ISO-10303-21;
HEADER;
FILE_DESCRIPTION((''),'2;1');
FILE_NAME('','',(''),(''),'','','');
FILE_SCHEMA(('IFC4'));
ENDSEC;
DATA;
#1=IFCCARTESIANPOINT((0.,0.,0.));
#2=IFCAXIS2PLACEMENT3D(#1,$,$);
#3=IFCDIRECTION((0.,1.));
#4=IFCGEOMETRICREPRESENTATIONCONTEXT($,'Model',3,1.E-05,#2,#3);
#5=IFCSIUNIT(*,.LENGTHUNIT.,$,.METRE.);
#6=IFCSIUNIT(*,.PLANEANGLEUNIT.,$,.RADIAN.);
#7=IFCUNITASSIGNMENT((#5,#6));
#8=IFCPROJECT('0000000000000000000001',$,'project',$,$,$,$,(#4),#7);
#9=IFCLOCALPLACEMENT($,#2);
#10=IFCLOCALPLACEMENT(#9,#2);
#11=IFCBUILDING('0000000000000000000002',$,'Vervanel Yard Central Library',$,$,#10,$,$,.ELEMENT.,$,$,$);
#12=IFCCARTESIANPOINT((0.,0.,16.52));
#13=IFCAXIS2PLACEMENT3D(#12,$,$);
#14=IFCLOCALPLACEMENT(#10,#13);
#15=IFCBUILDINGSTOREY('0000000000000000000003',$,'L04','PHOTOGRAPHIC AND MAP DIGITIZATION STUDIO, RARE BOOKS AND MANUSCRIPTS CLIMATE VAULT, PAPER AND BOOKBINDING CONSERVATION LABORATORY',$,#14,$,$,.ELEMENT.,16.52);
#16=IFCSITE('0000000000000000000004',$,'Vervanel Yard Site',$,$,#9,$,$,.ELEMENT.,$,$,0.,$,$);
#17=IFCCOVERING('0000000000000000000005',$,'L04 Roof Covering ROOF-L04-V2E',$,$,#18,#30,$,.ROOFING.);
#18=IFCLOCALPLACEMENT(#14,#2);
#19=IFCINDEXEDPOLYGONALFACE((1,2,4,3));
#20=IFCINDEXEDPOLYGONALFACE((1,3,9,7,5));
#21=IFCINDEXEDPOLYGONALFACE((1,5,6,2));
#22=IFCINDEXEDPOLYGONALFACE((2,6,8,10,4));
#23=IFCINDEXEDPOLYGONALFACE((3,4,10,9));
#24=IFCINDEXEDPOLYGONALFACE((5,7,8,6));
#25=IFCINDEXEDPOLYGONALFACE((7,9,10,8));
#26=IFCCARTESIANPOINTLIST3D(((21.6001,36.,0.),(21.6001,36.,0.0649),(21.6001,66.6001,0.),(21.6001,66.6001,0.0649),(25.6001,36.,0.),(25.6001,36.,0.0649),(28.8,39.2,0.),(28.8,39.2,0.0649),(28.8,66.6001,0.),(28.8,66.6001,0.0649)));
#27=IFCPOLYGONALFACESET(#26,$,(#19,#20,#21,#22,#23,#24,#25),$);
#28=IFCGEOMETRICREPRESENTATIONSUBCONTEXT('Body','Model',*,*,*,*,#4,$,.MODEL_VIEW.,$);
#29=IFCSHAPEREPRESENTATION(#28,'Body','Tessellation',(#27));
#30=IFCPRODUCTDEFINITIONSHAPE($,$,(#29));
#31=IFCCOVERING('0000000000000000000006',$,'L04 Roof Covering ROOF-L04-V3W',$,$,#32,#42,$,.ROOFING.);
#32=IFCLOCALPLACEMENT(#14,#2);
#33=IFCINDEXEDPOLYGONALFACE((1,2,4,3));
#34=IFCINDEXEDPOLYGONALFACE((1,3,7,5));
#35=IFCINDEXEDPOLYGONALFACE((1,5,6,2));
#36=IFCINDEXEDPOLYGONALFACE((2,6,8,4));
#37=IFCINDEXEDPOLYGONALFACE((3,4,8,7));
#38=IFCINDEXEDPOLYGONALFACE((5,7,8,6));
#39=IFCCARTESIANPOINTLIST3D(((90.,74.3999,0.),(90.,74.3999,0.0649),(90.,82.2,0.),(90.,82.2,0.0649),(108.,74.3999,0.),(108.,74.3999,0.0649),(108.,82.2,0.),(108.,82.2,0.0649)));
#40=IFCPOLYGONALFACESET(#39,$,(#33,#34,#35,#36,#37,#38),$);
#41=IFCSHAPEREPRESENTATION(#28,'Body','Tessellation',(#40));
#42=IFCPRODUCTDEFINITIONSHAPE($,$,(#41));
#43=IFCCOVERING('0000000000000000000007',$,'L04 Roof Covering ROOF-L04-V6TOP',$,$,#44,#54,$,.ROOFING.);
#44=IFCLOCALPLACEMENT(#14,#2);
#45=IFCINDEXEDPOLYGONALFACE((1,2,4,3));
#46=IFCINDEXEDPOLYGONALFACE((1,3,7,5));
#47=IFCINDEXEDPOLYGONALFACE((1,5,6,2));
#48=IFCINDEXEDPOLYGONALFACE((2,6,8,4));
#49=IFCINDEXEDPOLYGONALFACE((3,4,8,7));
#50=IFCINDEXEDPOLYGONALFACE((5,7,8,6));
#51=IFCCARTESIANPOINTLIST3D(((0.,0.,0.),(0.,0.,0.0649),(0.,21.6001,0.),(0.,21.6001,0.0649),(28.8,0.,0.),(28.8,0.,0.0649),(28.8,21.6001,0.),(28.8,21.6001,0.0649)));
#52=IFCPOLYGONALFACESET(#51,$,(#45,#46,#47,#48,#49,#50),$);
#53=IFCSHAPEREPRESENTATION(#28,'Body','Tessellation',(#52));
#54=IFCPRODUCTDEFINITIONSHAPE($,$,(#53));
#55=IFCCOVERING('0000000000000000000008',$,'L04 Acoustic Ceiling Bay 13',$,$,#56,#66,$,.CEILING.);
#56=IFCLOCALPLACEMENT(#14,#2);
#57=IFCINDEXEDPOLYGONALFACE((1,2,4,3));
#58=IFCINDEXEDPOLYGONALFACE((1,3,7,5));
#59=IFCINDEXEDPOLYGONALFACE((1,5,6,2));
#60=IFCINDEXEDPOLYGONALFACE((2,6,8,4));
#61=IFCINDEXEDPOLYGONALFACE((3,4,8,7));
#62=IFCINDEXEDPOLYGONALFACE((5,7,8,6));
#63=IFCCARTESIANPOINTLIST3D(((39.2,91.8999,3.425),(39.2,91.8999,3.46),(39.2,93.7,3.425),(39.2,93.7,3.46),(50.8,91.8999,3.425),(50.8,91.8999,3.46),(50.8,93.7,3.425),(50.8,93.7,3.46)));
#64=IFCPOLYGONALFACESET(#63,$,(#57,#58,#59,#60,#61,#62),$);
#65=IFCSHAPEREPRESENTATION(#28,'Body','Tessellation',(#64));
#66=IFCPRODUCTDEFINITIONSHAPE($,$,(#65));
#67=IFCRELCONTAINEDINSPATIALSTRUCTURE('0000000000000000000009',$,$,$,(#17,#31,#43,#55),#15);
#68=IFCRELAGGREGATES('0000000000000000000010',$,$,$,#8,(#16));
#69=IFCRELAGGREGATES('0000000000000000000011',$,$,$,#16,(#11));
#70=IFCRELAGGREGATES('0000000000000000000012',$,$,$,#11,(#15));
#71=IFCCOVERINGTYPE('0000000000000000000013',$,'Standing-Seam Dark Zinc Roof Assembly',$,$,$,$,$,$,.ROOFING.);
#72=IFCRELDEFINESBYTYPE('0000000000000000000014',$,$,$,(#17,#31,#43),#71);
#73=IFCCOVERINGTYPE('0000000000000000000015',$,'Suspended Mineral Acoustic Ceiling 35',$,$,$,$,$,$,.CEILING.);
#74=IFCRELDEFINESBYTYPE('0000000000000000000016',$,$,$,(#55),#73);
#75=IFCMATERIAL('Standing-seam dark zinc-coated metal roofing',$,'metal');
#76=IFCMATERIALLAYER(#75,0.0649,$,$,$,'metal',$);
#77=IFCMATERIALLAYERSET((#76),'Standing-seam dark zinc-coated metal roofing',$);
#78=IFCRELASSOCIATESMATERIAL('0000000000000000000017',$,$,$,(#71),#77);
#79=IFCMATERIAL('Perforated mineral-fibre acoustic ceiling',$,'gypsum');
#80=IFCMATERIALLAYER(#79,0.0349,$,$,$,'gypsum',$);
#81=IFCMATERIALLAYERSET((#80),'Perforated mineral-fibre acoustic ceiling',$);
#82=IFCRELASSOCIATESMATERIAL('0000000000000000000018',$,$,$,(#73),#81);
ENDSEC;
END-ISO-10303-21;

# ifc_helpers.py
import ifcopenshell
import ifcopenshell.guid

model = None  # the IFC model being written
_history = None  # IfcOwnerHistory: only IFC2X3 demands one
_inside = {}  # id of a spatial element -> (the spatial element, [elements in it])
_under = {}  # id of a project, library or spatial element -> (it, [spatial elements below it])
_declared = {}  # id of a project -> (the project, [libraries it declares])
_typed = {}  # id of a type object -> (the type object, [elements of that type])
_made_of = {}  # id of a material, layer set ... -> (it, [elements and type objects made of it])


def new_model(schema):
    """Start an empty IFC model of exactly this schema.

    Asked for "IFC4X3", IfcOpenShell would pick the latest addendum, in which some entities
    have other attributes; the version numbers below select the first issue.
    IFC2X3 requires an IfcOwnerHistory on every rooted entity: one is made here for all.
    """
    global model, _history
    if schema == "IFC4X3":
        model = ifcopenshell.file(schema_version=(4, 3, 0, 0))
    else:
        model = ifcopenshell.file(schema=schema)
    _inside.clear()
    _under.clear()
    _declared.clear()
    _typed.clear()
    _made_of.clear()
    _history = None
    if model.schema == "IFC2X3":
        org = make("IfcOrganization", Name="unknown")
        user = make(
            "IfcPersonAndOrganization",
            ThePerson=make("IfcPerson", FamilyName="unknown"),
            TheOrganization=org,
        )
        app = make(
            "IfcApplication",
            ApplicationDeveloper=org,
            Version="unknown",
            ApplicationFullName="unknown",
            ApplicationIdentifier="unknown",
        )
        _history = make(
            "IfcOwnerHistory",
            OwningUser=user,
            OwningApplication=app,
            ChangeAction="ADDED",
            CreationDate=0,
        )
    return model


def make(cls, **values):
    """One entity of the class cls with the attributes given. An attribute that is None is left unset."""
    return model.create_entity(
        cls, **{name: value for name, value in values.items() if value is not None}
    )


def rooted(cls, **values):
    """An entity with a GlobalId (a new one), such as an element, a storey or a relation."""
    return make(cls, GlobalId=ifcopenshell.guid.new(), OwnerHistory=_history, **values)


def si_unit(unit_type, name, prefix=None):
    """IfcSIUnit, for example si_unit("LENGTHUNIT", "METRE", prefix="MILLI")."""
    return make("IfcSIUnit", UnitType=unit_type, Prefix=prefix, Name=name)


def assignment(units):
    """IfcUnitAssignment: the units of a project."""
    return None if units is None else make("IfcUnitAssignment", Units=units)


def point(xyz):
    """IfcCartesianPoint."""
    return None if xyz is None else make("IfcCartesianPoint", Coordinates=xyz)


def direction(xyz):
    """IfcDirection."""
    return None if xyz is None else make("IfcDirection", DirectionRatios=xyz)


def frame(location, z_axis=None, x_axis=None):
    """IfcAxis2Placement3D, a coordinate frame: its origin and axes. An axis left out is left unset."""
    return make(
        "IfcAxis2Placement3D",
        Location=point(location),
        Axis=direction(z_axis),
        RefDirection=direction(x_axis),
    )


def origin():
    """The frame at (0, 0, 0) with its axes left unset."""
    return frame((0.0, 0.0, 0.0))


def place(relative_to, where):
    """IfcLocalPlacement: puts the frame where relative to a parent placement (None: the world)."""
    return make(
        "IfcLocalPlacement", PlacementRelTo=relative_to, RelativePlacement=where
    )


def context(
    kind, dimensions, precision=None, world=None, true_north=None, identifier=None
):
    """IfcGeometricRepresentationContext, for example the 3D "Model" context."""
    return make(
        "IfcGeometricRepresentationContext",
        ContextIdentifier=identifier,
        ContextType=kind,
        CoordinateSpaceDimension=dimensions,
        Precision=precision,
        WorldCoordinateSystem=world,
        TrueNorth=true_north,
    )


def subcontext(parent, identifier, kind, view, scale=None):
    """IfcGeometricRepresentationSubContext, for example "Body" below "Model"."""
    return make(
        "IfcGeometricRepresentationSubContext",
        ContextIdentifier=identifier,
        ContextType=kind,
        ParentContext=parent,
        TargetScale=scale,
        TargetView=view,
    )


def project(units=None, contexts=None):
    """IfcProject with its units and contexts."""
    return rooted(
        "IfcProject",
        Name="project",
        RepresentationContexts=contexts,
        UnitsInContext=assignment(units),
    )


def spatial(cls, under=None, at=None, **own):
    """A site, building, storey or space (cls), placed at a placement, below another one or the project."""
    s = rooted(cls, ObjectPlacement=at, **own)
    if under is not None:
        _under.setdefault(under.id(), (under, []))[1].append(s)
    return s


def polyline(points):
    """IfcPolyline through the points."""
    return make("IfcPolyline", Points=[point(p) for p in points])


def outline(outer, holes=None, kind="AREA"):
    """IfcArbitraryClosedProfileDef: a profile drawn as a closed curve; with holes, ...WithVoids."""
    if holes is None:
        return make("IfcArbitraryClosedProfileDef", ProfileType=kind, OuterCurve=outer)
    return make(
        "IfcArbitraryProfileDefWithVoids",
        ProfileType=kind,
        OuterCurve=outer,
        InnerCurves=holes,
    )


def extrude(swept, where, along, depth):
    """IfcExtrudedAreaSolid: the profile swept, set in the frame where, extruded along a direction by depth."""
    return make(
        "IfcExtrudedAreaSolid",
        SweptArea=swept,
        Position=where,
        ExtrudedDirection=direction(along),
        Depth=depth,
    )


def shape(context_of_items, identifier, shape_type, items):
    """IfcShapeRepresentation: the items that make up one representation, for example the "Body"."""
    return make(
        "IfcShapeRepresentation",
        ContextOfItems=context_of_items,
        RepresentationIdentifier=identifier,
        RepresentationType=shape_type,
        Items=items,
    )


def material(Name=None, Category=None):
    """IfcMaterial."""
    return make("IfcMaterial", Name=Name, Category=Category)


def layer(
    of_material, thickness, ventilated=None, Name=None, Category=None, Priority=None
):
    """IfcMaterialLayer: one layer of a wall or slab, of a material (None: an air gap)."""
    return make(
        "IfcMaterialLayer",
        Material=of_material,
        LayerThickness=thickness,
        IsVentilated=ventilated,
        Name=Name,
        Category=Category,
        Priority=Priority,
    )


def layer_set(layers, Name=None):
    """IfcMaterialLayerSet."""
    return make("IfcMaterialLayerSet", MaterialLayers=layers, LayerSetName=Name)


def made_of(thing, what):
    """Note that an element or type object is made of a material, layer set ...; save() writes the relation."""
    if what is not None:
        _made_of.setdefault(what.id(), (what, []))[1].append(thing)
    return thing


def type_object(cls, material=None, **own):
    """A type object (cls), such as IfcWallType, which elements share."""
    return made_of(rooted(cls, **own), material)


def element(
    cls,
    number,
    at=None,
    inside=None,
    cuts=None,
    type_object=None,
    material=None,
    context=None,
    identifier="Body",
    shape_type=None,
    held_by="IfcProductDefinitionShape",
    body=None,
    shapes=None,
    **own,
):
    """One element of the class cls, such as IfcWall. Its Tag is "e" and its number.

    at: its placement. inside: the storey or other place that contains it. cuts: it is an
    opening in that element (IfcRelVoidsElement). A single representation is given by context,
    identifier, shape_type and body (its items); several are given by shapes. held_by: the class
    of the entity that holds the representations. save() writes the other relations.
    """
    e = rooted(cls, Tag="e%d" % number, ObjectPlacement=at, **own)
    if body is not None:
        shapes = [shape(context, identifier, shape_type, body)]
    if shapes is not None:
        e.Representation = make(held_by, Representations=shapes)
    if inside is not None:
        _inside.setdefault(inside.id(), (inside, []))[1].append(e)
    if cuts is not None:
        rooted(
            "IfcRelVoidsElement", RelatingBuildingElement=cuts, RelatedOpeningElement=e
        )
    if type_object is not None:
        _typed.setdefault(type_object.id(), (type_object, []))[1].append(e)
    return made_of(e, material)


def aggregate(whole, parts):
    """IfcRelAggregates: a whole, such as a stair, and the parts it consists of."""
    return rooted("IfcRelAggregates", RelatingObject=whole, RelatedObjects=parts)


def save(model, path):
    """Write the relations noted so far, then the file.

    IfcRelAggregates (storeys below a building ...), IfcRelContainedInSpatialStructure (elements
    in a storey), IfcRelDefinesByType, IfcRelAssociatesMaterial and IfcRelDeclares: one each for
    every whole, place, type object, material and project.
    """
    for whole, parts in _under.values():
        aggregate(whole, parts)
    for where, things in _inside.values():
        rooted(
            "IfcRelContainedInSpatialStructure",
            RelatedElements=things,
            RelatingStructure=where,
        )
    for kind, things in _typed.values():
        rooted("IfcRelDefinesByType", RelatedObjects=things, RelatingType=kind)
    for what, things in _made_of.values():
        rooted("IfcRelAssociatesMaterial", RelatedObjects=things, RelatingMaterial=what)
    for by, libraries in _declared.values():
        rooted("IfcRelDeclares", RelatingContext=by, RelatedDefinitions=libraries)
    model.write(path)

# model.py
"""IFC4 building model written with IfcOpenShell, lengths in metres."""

from ifc_helpers import new_model, si_unit, direction, frame, origin, place, context, subcontext, project, spatial, polyline, outline, extrude, material, layer, layer_set, type_object, element, save


model = new_model("IFC4")

# Units and contexts
model_context = context("Model", 3, precision=1e-05, world=origin(), true_north=direction((0.0, 1.0)))
body_context = subcontext(model_context, "Body", "Model", "MODEL_VIEW")
ifc_project = project(units=[si_unit("LENGTHUNIT", "METRE"), si_unit("PLANEANGLEUNIT", "RADIAN")], contexts=[model_context])

# Site, building, storey
site_placement = place(None, origin())
site = spatial("IfcSite", under=ifc_project, at=site_placement, Name="Vervanel Yard Site", CompositionType="ELEMENT", RefElevation=0.0)
building_placement = place(site_placement, origin())
building = spatial("IfcBuilding", under=site, at=building_placement, Name="Vervanel Yard Central Library", CompositionType="ELEMENT")
storey_placement = place(building_placement, frame((0.0, 0.0, 16.52)))
storey = spatial("IfcBuildingStorey", under=building, at=storey_placement, Name="L04", Description="PHOTOGRAPHIC AND MAP DIGITIZATION STUDIO, RARE BOOKS AND MANUSCRIPTS CLIMATE VAULT, PAPER AND BOOKBINDING CONSERVATION LABORATORY", CompositionType="ELEMENT", Elevation=16.52)

# Coverings
ifc_material_1 = material(Name="Standing-seam dark zinc-coated metal roofing", Category="metal")
ifc_layer_1 = layer(ifc_material_1, 0.0649, Category="metal")
ifc_layer_set_1 = layer_set([ifc_layer_1], Name="Standing-seam dark zinc-coated metal roofing")
covering_type_1 = type_object("IfcCoveringType", Name="Standing-Seam Dark Zinc Roof Assembly", PredefinedType="ROOFING", material=ifc_layer_set_1)
covering_1_placement = place(storey_placement, origin())
element("IfcCovering", 1, at=covering_1_placement, inside=storey, type_object=covering_type_1, Name="L04 Roof Covering ROOF-L04-V2E", PredefinedType="ROOFING", context=body_context, shape_type="SweptSolid", body=[
    extrude(outline(polyline([(21.6001, 36.0), (25.6001, 36.0), (28.8, 39.2), (28.8, 66.6001), (21.6001, 66.6001), (21.6001, 36.0)])), origin(), (0.0, 0.0, 1.0), 0.0649),
])
covering_2_placement = place(storey_placement, origin())
element("IfcCovering", 2, at=covering_2_placement, inside=storey, type_object=covering_type_1, Name="L04 Roof Covering ROOF-L04-V3W", PredefinedType="ROOFING", context=body_context, shape_type="SweptSolid", body=[
    extrude(outline(polyline([(90.0, 74.3999), (108.0, 74.3999), (108.0, 82.2), (90.0, 82.2), (90.0, 74.3999)])), origin(), (0.0, 0.0, 1.0), 0.0649),
])
covering_3_placement = place(storey_placement, origin())
element("IfcCovering", 3, at=covering_3_placement, inside=storey, type_object=covering_type_1, Name="L04 Roof Covering ROOF-L04-V6TOP", PredefinedType="ROOFING", context=body_context, shape_type="SweptSolid", body=[
    extrude(outline(polyline([(0.0, 0.0), (28.8, 0.0), (28.8, 21.6001), (0.0, 21.6001), (0.0, 0.0)])), origin(), (0.0, 0.0, 1.0), 0.0649),
])
ifc_material_2 = material(Name="Perforated mineral-fibre acoustic ceiling", Category="gypsum")
ifc_layer_2 = layer(ifc_material_2, 0.0349, Category="gypsum")
ifc_layer_set_2 = layer_set([ifc_layer_2], Name="Perforated mineral-fibre acoustic ceiling")
covering_type_2 = type_object("IfcCoveringType", Name="Suspended Mineral Acoustic Ceiling 35", PredefinedType="CEILING", material=ifc_layer_set_2)
covering_4_placement = place(storey_placement, frame((0.0, 0.0, 3.425)))
element("IfcCovering", 4, at=covering_4_placement, inside=storey, type_object=covering_type_2, Name="L04 Acoustic Ceiling Bay 13", PredefinedType="CEILING", context=body_context, shape_type="SweptSolid", body=[
    extrude(outline(polyline([(39.2, 91.8999), (50.8, 91.8999), (50.8, 93.7), (39.2, 93.7), (39.2, 91.8999)])), origin(), (0.0, 0.0, 1.0), 0.0349),
])

save(model, "model.ifc")
